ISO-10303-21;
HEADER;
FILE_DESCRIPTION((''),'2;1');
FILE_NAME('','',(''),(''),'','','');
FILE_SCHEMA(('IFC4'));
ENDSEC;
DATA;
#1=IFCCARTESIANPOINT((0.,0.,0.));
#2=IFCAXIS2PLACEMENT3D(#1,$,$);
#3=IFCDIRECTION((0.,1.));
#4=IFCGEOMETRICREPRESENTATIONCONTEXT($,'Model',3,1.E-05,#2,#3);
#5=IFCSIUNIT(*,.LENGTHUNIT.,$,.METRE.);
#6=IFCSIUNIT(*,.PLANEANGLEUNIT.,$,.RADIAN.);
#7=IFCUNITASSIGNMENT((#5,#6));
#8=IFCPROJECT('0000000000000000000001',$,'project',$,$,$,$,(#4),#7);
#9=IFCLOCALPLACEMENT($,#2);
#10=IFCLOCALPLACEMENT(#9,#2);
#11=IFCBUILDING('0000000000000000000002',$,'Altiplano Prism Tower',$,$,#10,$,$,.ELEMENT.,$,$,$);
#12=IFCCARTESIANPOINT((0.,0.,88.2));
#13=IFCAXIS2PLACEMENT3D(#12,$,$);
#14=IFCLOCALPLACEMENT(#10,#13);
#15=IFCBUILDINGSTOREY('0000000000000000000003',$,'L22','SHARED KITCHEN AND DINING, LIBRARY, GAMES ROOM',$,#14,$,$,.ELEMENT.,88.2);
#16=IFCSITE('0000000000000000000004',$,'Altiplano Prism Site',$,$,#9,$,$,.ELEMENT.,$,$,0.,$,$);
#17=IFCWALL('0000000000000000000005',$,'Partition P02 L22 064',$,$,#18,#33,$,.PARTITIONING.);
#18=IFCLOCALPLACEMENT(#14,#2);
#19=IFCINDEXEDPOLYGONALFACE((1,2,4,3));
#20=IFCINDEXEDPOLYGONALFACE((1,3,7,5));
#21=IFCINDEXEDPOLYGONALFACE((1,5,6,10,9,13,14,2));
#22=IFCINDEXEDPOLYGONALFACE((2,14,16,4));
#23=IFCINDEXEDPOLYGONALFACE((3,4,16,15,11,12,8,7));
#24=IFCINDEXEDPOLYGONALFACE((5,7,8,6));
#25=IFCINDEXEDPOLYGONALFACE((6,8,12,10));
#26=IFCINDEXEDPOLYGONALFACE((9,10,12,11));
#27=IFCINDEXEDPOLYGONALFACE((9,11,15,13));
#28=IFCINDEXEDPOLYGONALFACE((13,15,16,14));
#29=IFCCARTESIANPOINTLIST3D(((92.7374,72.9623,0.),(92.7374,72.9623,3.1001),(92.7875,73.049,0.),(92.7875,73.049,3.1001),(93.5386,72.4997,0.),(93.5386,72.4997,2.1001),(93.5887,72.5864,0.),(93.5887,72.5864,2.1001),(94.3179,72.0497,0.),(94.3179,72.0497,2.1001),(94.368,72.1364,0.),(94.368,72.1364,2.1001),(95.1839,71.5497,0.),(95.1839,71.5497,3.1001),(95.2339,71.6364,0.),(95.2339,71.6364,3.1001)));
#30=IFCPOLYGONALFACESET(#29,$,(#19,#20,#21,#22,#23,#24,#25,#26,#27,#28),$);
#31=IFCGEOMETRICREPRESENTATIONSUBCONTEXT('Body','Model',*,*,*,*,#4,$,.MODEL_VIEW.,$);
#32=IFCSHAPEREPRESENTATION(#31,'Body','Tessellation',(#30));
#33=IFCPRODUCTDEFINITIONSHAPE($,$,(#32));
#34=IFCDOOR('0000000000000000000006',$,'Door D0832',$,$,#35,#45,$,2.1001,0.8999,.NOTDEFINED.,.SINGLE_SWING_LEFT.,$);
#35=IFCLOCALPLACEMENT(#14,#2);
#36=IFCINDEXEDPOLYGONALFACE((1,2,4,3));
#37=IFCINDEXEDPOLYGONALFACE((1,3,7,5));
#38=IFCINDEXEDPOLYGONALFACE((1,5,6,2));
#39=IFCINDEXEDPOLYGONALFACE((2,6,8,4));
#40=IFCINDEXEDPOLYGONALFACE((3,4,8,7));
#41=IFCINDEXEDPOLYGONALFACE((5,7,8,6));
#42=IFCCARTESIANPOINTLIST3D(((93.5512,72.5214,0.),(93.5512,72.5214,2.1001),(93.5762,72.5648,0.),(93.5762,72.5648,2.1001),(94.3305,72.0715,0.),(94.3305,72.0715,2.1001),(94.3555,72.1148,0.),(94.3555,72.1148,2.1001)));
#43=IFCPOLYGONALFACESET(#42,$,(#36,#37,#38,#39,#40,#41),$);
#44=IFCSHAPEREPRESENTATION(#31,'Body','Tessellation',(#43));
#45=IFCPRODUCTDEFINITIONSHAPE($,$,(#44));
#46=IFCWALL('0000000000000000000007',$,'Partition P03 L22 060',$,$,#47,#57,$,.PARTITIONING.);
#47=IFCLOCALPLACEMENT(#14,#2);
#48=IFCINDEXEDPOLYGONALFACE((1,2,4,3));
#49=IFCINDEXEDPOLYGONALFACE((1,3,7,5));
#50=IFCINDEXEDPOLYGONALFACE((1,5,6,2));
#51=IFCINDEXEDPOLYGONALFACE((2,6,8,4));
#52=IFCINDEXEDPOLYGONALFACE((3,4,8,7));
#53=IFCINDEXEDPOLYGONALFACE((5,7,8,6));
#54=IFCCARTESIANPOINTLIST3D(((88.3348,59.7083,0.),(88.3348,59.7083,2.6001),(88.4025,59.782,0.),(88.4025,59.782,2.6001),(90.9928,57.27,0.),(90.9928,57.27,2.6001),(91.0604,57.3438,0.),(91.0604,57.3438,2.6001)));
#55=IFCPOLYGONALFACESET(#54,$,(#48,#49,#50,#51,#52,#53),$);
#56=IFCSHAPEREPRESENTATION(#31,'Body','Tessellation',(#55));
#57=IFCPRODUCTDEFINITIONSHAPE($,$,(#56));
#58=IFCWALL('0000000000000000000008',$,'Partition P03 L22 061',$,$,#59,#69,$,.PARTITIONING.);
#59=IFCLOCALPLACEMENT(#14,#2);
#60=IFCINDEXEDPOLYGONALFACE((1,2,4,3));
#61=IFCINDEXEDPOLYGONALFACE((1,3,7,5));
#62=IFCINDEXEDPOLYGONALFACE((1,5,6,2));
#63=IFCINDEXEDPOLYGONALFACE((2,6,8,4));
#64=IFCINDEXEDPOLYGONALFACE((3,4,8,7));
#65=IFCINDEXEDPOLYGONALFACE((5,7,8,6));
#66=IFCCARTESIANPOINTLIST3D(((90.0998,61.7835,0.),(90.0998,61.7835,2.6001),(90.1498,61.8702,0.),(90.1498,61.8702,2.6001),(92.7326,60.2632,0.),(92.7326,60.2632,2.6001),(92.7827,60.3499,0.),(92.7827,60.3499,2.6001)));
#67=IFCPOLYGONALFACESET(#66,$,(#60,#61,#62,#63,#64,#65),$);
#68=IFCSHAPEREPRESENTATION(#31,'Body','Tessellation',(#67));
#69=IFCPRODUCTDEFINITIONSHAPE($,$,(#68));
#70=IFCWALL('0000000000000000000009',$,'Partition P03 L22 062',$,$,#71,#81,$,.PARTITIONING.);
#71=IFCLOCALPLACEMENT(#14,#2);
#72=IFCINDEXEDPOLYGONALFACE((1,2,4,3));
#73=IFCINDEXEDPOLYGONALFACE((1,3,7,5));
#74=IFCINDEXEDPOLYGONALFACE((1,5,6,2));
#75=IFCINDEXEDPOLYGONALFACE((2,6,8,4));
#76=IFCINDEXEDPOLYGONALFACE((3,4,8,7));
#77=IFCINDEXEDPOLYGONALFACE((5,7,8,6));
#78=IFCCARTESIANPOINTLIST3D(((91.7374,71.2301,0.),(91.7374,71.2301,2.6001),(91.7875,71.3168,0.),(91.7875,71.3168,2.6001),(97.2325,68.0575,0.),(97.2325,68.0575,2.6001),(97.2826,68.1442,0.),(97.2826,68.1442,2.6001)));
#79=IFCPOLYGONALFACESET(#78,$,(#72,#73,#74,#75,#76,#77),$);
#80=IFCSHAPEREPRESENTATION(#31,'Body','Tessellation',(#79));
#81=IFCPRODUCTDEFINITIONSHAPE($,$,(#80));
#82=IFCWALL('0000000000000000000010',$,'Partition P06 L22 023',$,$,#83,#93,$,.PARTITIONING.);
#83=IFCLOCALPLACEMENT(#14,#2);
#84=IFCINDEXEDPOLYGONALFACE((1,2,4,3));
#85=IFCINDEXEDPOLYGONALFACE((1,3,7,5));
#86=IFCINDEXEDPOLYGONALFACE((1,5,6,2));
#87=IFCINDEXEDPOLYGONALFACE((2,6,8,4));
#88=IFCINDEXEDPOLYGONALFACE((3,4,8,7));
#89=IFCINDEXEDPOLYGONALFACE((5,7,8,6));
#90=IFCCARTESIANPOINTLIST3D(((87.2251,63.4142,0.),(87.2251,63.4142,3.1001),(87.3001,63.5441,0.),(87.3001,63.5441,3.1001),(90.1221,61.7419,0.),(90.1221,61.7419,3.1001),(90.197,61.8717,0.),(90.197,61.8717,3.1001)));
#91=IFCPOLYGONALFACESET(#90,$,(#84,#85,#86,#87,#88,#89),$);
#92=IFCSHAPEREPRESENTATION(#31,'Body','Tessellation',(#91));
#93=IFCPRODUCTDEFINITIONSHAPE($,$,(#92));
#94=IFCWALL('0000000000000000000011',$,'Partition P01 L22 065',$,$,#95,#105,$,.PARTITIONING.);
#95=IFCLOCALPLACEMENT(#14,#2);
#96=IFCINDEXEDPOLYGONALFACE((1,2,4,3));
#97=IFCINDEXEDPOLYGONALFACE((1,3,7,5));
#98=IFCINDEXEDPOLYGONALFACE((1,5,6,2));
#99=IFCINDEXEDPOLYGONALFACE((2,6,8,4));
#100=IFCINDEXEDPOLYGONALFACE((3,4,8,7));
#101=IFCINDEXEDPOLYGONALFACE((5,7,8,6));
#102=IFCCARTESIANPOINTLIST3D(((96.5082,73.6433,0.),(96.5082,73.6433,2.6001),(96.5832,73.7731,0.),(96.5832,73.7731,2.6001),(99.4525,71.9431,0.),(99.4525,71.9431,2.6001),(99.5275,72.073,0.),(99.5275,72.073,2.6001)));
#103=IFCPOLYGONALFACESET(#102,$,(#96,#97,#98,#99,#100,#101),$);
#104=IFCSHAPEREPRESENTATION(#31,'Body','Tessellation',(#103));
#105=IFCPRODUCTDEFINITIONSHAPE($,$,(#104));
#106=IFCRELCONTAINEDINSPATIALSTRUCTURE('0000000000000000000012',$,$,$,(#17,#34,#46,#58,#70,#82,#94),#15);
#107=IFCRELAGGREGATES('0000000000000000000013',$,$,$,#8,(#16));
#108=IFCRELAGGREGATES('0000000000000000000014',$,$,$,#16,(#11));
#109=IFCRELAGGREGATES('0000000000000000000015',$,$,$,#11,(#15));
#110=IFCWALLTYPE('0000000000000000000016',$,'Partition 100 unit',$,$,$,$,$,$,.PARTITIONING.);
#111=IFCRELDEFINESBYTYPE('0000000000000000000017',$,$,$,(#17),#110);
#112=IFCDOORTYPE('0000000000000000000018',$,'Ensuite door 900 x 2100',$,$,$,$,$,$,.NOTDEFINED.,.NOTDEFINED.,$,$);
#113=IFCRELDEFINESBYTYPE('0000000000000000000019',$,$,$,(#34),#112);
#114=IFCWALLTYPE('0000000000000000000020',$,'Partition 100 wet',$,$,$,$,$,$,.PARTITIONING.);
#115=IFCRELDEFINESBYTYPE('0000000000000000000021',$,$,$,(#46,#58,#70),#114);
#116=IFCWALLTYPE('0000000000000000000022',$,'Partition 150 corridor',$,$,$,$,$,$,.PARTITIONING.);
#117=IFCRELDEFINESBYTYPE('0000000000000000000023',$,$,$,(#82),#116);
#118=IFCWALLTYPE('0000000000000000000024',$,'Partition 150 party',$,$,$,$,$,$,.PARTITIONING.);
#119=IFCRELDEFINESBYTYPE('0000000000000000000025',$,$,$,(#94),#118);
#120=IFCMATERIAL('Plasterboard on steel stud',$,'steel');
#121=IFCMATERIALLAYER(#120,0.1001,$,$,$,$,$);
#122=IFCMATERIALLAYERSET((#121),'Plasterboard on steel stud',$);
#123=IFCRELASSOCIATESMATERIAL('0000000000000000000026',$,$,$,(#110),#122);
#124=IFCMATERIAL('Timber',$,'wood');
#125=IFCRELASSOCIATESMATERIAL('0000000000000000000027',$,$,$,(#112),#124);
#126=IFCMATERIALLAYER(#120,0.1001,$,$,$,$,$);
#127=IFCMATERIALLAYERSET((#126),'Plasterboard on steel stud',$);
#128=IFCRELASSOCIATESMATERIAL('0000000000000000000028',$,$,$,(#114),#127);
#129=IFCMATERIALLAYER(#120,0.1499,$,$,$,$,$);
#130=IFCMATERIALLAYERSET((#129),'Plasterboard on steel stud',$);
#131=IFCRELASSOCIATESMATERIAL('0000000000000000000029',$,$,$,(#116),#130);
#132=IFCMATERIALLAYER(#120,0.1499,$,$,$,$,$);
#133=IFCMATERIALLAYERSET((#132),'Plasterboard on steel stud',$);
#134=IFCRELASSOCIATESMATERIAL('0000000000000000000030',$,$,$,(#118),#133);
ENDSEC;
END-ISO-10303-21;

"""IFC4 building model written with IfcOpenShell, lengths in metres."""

from ifc_helpers import new_model, si_unit, direction, frame, frame_2d, origin, place, context, subcontext, project, spatial, rectangle, extrude, material, layer, layer_set, type_object, element, fill, save


model = new_model("IFC4")

# Units and contexts
model_context = context("Model", 3, precision=1e-05, world=origin(), true_north=direction((0.0, 1.0)))
body_context = subcontext(model_context, "Body", "Model", "MODEL_VIEW")
ifc_project = project(units=[si_unit("LENGTHUNIT", "METRE"), si_unit("PLANEANGLEUNIT", "RADIAN")], contexts=[model_context])

# Site, building, storey
site_placement = place(None, origin())
site = spatial("IfcSite", under=ifc_project, at=site_placement, Name="Altiplano Prism Site", CompositionType="ELEMENT", RefElevation=0.0)
building_placement = place(site_placement, origin())
building = spatial("IfcBuilding", under=site, at=building_placement, Name="Altiplano Prism Tower", CompositionType="ELEMENT")
storey_placement = place(building_placement, frame((0.0, 0.0, 88.2)))
storey = spatial("IfcBuildingStorey", under=building, at=storey_placement, Name="L22", Description="SHARED KITCHEN AND DINING, LIBRARY, GAMES ROOM", CompositionType="ELEMENT", Elevation=88.2)

# Wall, opening, door
ifc_material_1 = material(Name="Plasterboard on steel stud", Category="steel")
ifc_layer_1 = layer(ifc_material_1, 0.1001)
ifc_layer_set_1 = layer_set([ifc_layer_1], Name="Plasterboard on steel stud")
wall_type_1 = type_object("IfcWallType", Name="Partition 100 unit", PredefinedType="PARTITIONING", material=ifc_layer_set_1)
wall_1_placement = place(storey_placement, frame((95.209, 71.593, 0.0), z_axis=(0.0, 0.0, 1.0), x_axis=(-0.866011, 0.500024, 0.0)))
wall_1 = element("IfcWall", 1, at=wall_1_placement, inside=storey, type_object=wall_type_1, Name="Partition P02 L22 064", PredefinedType="PARTITIONING", context=body_context, shape_type="SweptSolid", body=[
    extrude(rectangle(XDim=2.825, YDim=0.1001, at=frame_2d((1.4126, 0.0))), origin(), (0.0, 0.0, 1.0), 3.1001),
])
opening_placement = place(wall_1_placement, frame((1.0, 0.0, 0.0)))
opening = element("IfcOpeningElement", 2, at=opening_placement, cuts=wall_1, PredefinedType="OPENING", context=body_context, shape_type="SweptSolid", body=[
    extrude(rectangle(XDim=0.8999, YDim=2.1001, at=frame_2d((0.45, 1.05))), frame((0.0, 0.0605, 0.0), z_axis=(0.0, -1.0, 0.0), x_axis=(1.0, 0.0, 0.0)), (0.0, 0.0, 1.0), 0.1211),
])
ifc_material_2 = material(Name="Timber", Category="wood")
door_type = type_object("IfcDoorType", Name="Ensuite door 900 x 2100", OperationType="NOTDEFINED", PredefinedType="NOTDEFINED", material=ifc_material_2)
door_placement = place(opening_placement, origin())
door = element("IfcDoor", 3, at=door_placement, inside=storey, type_object=door_type, Name="Door D0832", OperationType="SINGLE_SWING_LEFT", OverallHeight=2.1001, OverallWidth=0.8999, PredefinedType="NOTDEFINED", context=body_context, shape_type="SweptSolid", body=[
    extrude(rectangle(XDim=0.8999, YDim=2.1001, at=frame_2d((0.45, 1.05))), frame((0.0, 0.0249, 0.0), z_axis=(0.0, -1.0, 0.0), x_axis=(1.0, 0.0, 0.0)), (0.0, 0.0, 1.0), 0.05),
])
fill(opening, door)

# Walls
ifc_layer_2 = layer(ifc_material_1, 0.1001)
ifc_layer_set_2 = layer_set([ifc_layer_2], Name="Plasterboard on steel stud")
wall_type_2 = type_object("IfcWallType", Name="Partition 100 wet", PredefinedType="PARTITIONING", material=ifc_layer_set_2)
wall_2_placement = place(storey_placement, frame((91.0266, 57.3069, 0.0), z_axis=(0.0, 0.0, 1.0), x_axis=(-0.73691, 0.675991, 0.0)))
element("IfcWall", 4, at=wall_2_placement, inside=storey, type_object=wall_type_2, Name="Partition P03 L22 060", PredefinedType="PARTITIONING", context=body_context, shape_type="SweptSolid", body=[
    extrude(rectangle(XDim=3.6069, YDim=0.1001, at=frame_2d((1.8035, 0.0))), origin(), (0.0, 0.0, 1.0), 2.6001),
])
wall_3_placement = place(storey_placement, frame((92.7576, 60.3066, 0.0), z_axis=(0.0, 0.0, 1.0), x_axis=(-0.865996, 0.500051, 0.0)))
element("IfcWall", 5, at=wall_3_placement, inside=storey, type_object=wall_type_2, Name="Partition P03 L22 061", PredefinedType="PARTITIONING", context=body_context, shape_type="SweptSolid", body=[
    extrude(rectangle(XDim=3.0403, YDim=0.1001, at=frame_2d((1.52, 0.0))), origin(), (0.0, 0.0, 1.0), 2.6001),
])
wall_4_placement = place(storey_placement, frame((97.2576, 68.1008, 0.0), z_axis=(0.0, 0.0, 1.0), x_axis=(-0.866025, 0.5, 0.0)))
element("IfcWall", 6, at=wall_4_placement, inside=storey, type_object=wall_type_2, Name="Partition P03 L22 062", PredefinedType="PARTITIONING", context=body_context, shape_type="SweptSolid", body=[
    extrude(rectangle(XDim=6.3452, YDim=0.1001, at=frame_2d((3.1726, 0.0))), origin(), (0.0, 0.0, 1.0), 2.6001),
])
ifc_layer_3 = layer(ifc_material_1, 0.1499)
ifc_layer_set_3 = layer_set([ifc_layer_3], Name="Plasterboard on steel stud")
wall_type_3 = type_object("IfcWallType", Name="Partition 150 corridor", PredefinedType="PARTITIONING", material=ifc_layer_set_3)
wall_5_placement = place(storey_placement, frame((90.1594, 61.8069, 0.0), z_axis=(0.0, 0.0, 1.0), x_axis=(-0.866052, 0.499954, 0.0)))
element("IfcWall", 7, at=wall_5_placement, inside=storey, type_object=wall_type_3, Name="Partition P06 L22 023", PredefinedType="PARTITIONING", context=body_context, shape_type="SweptSolid", body=[
    extrude(rectangle(XDim=3.345, YDim=0.1499, at=frame_2d((1.6724, 0.0))), origin(), (0.0, 0.0, 1.0), 3.1001),
])
ifc_layer_4 = layer(ifc_material_1, 0.1499)
ifc_layer_set_4 = layer_set([ifc_layer_4], Name="Plasterboard on steel stud")
wall_type_4 = type_object("IfcWallType", Name="Partition 150 party", PredefinedType="PARTITIONING", material=ifc_layer_set_4)
wall_6_placement = place(storey_placement, frame((99.49, 72.0081, 0.0), z_axis=(0.0, 0.0, 1.0), x_axis=(-0.865989, 0.500062, 0.0)))
element("IfcWall", 8, at=wall_6_placement, inside=storey, type_object=wall_type_4, Name="Partition P01 L22 065", PredefinedType="PARTITIONING", context=body_context, shape_type="SweptSolid", body=[
    extrude(rectangle(XDim=3.3999, YDim=0.1499, at=frame_2d((1.7, 0.0))), origin(), (0.0, 0.0, 1.0), 2.6001),
])

save(model, "model.ifc")
